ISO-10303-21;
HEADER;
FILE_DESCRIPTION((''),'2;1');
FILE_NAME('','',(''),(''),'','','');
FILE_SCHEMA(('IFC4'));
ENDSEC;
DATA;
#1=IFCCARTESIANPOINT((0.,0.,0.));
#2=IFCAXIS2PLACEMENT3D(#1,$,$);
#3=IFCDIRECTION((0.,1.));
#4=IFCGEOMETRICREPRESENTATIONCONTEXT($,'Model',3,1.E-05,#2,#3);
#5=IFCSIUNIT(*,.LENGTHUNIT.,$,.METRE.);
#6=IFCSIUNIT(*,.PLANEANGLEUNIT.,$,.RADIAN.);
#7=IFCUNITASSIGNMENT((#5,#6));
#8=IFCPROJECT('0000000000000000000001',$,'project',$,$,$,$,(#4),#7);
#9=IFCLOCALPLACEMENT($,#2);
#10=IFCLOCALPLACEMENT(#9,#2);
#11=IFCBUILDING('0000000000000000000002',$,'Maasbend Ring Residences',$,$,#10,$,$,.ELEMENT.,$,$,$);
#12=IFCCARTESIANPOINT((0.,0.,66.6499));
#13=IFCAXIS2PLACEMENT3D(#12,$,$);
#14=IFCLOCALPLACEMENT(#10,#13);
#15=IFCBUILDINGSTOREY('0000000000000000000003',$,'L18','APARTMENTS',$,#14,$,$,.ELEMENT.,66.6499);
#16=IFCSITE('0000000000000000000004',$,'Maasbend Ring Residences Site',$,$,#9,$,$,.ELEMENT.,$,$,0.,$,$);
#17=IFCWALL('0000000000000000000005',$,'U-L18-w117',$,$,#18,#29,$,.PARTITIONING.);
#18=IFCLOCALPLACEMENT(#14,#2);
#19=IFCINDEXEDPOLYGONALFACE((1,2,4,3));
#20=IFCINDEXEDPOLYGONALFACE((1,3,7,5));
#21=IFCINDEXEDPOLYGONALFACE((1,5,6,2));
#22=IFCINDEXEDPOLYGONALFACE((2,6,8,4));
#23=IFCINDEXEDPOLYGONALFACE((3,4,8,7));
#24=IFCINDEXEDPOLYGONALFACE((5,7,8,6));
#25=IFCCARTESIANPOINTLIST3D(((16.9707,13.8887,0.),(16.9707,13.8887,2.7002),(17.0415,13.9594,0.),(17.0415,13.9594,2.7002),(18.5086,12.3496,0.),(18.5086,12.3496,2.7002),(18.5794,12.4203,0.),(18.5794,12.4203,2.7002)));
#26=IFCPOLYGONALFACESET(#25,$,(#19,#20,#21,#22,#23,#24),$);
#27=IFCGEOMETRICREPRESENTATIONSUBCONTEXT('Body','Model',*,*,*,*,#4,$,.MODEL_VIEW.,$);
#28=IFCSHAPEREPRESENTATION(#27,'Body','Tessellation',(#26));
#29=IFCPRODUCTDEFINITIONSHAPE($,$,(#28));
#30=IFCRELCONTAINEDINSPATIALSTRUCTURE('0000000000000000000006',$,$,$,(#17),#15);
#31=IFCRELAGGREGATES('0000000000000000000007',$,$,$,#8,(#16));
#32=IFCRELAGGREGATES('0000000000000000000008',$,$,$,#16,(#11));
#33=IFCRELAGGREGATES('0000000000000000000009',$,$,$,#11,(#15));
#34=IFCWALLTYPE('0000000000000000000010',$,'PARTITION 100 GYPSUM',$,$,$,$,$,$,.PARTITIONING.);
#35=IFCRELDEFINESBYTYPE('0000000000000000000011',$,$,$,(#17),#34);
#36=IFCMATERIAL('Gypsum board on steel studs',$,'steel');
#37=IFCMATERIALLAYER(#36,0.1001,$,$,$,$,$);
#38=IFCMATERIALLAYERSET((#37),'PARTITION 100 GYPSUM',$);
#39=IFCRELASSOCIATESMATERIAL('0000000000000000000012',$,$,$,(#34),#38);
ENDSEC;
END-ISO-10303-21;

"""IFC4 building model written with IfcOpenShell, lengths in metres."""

from ifc_helpers import new_model, si_unit, direction, frame, frame_2d, origin, place, context, subcontext, project, spatial, rectangle, extrude, material, layer, layer_set, type_object, element, save


model = new_model("IFC4")

# Units and contexts
model_context = context("Model", 3, precision=1e-05, world=origin(), true_north=direction((0.0, 1.0)))
body_context = subcontext(model_context, "Body", "Model", "MODEL_VIEW")
ifc_project = project(units=[si_unit("LENGTHUNIT", "METRE"), si_unit("PLANEANGLEUNIT", "RADIAN")], contexts=[model_context])

# Site, building, storey
site_placement = place(None, origin())
site = spatial("IfcSite", under=ifc_project, at=site_placement, Name="Maasbend Ring Residences Site", CompositionType="ELEMENT", RefElevation=0.0)
building_placement = place(site_placement, origin())
building = spatial("IfcBuilding", under=site, at=building_placement, Name="Maasbend Ring Residences", CompositionType="ELEMENT")
storey_placement = place(building_placement, frame((0.0, 0.0, 66.6499)))
storey = spatial("IfcBuildingStorey", under=building, at=storey_placement, Name="L18", Description="APARTMENTS", CompositionType="ELEMENT", Elevation=66.6499)

# Shared definitions
ifc_material_1 = material(Name="Gypsum board on steel studs", Category="steel")
ifc_layer_1 = layer(ifc_material_1, 0.1001)
ifc_layer_set_1 = layer_set([ifc_layer_1], Name="PARTITION 100 GYPSUM")
wall_type_1 = type_object("IfcWallType", Name="PARTITION 100 GYPSUM", PredefinedType="PARTITIONING", material=ifc_layer_set_1)

# Wall
wall_1_placement = place(storey_placement, frame((17.0061, 13.9241, 0.0), z_axis=(0.0, 0.0, 1.0), x_axis=(0.706826, -0.707387, 0.0)))
element("IfcWall", 1, at=wall_1_placement, inside=storey, type_object=wall_type_1, Name="U-L18-w117", PredefinedType="PARTITIONING", context=body_context, shape_type="SweptSolid", body=[
    extrude(rectangle(XDim=2.1758, YDim=0.1001, at=frame_2d((1.0879, 0.0))), origin(), (0.0, 0.0, 1.0), 2.7002),
])

save(model, "model.ifc")
